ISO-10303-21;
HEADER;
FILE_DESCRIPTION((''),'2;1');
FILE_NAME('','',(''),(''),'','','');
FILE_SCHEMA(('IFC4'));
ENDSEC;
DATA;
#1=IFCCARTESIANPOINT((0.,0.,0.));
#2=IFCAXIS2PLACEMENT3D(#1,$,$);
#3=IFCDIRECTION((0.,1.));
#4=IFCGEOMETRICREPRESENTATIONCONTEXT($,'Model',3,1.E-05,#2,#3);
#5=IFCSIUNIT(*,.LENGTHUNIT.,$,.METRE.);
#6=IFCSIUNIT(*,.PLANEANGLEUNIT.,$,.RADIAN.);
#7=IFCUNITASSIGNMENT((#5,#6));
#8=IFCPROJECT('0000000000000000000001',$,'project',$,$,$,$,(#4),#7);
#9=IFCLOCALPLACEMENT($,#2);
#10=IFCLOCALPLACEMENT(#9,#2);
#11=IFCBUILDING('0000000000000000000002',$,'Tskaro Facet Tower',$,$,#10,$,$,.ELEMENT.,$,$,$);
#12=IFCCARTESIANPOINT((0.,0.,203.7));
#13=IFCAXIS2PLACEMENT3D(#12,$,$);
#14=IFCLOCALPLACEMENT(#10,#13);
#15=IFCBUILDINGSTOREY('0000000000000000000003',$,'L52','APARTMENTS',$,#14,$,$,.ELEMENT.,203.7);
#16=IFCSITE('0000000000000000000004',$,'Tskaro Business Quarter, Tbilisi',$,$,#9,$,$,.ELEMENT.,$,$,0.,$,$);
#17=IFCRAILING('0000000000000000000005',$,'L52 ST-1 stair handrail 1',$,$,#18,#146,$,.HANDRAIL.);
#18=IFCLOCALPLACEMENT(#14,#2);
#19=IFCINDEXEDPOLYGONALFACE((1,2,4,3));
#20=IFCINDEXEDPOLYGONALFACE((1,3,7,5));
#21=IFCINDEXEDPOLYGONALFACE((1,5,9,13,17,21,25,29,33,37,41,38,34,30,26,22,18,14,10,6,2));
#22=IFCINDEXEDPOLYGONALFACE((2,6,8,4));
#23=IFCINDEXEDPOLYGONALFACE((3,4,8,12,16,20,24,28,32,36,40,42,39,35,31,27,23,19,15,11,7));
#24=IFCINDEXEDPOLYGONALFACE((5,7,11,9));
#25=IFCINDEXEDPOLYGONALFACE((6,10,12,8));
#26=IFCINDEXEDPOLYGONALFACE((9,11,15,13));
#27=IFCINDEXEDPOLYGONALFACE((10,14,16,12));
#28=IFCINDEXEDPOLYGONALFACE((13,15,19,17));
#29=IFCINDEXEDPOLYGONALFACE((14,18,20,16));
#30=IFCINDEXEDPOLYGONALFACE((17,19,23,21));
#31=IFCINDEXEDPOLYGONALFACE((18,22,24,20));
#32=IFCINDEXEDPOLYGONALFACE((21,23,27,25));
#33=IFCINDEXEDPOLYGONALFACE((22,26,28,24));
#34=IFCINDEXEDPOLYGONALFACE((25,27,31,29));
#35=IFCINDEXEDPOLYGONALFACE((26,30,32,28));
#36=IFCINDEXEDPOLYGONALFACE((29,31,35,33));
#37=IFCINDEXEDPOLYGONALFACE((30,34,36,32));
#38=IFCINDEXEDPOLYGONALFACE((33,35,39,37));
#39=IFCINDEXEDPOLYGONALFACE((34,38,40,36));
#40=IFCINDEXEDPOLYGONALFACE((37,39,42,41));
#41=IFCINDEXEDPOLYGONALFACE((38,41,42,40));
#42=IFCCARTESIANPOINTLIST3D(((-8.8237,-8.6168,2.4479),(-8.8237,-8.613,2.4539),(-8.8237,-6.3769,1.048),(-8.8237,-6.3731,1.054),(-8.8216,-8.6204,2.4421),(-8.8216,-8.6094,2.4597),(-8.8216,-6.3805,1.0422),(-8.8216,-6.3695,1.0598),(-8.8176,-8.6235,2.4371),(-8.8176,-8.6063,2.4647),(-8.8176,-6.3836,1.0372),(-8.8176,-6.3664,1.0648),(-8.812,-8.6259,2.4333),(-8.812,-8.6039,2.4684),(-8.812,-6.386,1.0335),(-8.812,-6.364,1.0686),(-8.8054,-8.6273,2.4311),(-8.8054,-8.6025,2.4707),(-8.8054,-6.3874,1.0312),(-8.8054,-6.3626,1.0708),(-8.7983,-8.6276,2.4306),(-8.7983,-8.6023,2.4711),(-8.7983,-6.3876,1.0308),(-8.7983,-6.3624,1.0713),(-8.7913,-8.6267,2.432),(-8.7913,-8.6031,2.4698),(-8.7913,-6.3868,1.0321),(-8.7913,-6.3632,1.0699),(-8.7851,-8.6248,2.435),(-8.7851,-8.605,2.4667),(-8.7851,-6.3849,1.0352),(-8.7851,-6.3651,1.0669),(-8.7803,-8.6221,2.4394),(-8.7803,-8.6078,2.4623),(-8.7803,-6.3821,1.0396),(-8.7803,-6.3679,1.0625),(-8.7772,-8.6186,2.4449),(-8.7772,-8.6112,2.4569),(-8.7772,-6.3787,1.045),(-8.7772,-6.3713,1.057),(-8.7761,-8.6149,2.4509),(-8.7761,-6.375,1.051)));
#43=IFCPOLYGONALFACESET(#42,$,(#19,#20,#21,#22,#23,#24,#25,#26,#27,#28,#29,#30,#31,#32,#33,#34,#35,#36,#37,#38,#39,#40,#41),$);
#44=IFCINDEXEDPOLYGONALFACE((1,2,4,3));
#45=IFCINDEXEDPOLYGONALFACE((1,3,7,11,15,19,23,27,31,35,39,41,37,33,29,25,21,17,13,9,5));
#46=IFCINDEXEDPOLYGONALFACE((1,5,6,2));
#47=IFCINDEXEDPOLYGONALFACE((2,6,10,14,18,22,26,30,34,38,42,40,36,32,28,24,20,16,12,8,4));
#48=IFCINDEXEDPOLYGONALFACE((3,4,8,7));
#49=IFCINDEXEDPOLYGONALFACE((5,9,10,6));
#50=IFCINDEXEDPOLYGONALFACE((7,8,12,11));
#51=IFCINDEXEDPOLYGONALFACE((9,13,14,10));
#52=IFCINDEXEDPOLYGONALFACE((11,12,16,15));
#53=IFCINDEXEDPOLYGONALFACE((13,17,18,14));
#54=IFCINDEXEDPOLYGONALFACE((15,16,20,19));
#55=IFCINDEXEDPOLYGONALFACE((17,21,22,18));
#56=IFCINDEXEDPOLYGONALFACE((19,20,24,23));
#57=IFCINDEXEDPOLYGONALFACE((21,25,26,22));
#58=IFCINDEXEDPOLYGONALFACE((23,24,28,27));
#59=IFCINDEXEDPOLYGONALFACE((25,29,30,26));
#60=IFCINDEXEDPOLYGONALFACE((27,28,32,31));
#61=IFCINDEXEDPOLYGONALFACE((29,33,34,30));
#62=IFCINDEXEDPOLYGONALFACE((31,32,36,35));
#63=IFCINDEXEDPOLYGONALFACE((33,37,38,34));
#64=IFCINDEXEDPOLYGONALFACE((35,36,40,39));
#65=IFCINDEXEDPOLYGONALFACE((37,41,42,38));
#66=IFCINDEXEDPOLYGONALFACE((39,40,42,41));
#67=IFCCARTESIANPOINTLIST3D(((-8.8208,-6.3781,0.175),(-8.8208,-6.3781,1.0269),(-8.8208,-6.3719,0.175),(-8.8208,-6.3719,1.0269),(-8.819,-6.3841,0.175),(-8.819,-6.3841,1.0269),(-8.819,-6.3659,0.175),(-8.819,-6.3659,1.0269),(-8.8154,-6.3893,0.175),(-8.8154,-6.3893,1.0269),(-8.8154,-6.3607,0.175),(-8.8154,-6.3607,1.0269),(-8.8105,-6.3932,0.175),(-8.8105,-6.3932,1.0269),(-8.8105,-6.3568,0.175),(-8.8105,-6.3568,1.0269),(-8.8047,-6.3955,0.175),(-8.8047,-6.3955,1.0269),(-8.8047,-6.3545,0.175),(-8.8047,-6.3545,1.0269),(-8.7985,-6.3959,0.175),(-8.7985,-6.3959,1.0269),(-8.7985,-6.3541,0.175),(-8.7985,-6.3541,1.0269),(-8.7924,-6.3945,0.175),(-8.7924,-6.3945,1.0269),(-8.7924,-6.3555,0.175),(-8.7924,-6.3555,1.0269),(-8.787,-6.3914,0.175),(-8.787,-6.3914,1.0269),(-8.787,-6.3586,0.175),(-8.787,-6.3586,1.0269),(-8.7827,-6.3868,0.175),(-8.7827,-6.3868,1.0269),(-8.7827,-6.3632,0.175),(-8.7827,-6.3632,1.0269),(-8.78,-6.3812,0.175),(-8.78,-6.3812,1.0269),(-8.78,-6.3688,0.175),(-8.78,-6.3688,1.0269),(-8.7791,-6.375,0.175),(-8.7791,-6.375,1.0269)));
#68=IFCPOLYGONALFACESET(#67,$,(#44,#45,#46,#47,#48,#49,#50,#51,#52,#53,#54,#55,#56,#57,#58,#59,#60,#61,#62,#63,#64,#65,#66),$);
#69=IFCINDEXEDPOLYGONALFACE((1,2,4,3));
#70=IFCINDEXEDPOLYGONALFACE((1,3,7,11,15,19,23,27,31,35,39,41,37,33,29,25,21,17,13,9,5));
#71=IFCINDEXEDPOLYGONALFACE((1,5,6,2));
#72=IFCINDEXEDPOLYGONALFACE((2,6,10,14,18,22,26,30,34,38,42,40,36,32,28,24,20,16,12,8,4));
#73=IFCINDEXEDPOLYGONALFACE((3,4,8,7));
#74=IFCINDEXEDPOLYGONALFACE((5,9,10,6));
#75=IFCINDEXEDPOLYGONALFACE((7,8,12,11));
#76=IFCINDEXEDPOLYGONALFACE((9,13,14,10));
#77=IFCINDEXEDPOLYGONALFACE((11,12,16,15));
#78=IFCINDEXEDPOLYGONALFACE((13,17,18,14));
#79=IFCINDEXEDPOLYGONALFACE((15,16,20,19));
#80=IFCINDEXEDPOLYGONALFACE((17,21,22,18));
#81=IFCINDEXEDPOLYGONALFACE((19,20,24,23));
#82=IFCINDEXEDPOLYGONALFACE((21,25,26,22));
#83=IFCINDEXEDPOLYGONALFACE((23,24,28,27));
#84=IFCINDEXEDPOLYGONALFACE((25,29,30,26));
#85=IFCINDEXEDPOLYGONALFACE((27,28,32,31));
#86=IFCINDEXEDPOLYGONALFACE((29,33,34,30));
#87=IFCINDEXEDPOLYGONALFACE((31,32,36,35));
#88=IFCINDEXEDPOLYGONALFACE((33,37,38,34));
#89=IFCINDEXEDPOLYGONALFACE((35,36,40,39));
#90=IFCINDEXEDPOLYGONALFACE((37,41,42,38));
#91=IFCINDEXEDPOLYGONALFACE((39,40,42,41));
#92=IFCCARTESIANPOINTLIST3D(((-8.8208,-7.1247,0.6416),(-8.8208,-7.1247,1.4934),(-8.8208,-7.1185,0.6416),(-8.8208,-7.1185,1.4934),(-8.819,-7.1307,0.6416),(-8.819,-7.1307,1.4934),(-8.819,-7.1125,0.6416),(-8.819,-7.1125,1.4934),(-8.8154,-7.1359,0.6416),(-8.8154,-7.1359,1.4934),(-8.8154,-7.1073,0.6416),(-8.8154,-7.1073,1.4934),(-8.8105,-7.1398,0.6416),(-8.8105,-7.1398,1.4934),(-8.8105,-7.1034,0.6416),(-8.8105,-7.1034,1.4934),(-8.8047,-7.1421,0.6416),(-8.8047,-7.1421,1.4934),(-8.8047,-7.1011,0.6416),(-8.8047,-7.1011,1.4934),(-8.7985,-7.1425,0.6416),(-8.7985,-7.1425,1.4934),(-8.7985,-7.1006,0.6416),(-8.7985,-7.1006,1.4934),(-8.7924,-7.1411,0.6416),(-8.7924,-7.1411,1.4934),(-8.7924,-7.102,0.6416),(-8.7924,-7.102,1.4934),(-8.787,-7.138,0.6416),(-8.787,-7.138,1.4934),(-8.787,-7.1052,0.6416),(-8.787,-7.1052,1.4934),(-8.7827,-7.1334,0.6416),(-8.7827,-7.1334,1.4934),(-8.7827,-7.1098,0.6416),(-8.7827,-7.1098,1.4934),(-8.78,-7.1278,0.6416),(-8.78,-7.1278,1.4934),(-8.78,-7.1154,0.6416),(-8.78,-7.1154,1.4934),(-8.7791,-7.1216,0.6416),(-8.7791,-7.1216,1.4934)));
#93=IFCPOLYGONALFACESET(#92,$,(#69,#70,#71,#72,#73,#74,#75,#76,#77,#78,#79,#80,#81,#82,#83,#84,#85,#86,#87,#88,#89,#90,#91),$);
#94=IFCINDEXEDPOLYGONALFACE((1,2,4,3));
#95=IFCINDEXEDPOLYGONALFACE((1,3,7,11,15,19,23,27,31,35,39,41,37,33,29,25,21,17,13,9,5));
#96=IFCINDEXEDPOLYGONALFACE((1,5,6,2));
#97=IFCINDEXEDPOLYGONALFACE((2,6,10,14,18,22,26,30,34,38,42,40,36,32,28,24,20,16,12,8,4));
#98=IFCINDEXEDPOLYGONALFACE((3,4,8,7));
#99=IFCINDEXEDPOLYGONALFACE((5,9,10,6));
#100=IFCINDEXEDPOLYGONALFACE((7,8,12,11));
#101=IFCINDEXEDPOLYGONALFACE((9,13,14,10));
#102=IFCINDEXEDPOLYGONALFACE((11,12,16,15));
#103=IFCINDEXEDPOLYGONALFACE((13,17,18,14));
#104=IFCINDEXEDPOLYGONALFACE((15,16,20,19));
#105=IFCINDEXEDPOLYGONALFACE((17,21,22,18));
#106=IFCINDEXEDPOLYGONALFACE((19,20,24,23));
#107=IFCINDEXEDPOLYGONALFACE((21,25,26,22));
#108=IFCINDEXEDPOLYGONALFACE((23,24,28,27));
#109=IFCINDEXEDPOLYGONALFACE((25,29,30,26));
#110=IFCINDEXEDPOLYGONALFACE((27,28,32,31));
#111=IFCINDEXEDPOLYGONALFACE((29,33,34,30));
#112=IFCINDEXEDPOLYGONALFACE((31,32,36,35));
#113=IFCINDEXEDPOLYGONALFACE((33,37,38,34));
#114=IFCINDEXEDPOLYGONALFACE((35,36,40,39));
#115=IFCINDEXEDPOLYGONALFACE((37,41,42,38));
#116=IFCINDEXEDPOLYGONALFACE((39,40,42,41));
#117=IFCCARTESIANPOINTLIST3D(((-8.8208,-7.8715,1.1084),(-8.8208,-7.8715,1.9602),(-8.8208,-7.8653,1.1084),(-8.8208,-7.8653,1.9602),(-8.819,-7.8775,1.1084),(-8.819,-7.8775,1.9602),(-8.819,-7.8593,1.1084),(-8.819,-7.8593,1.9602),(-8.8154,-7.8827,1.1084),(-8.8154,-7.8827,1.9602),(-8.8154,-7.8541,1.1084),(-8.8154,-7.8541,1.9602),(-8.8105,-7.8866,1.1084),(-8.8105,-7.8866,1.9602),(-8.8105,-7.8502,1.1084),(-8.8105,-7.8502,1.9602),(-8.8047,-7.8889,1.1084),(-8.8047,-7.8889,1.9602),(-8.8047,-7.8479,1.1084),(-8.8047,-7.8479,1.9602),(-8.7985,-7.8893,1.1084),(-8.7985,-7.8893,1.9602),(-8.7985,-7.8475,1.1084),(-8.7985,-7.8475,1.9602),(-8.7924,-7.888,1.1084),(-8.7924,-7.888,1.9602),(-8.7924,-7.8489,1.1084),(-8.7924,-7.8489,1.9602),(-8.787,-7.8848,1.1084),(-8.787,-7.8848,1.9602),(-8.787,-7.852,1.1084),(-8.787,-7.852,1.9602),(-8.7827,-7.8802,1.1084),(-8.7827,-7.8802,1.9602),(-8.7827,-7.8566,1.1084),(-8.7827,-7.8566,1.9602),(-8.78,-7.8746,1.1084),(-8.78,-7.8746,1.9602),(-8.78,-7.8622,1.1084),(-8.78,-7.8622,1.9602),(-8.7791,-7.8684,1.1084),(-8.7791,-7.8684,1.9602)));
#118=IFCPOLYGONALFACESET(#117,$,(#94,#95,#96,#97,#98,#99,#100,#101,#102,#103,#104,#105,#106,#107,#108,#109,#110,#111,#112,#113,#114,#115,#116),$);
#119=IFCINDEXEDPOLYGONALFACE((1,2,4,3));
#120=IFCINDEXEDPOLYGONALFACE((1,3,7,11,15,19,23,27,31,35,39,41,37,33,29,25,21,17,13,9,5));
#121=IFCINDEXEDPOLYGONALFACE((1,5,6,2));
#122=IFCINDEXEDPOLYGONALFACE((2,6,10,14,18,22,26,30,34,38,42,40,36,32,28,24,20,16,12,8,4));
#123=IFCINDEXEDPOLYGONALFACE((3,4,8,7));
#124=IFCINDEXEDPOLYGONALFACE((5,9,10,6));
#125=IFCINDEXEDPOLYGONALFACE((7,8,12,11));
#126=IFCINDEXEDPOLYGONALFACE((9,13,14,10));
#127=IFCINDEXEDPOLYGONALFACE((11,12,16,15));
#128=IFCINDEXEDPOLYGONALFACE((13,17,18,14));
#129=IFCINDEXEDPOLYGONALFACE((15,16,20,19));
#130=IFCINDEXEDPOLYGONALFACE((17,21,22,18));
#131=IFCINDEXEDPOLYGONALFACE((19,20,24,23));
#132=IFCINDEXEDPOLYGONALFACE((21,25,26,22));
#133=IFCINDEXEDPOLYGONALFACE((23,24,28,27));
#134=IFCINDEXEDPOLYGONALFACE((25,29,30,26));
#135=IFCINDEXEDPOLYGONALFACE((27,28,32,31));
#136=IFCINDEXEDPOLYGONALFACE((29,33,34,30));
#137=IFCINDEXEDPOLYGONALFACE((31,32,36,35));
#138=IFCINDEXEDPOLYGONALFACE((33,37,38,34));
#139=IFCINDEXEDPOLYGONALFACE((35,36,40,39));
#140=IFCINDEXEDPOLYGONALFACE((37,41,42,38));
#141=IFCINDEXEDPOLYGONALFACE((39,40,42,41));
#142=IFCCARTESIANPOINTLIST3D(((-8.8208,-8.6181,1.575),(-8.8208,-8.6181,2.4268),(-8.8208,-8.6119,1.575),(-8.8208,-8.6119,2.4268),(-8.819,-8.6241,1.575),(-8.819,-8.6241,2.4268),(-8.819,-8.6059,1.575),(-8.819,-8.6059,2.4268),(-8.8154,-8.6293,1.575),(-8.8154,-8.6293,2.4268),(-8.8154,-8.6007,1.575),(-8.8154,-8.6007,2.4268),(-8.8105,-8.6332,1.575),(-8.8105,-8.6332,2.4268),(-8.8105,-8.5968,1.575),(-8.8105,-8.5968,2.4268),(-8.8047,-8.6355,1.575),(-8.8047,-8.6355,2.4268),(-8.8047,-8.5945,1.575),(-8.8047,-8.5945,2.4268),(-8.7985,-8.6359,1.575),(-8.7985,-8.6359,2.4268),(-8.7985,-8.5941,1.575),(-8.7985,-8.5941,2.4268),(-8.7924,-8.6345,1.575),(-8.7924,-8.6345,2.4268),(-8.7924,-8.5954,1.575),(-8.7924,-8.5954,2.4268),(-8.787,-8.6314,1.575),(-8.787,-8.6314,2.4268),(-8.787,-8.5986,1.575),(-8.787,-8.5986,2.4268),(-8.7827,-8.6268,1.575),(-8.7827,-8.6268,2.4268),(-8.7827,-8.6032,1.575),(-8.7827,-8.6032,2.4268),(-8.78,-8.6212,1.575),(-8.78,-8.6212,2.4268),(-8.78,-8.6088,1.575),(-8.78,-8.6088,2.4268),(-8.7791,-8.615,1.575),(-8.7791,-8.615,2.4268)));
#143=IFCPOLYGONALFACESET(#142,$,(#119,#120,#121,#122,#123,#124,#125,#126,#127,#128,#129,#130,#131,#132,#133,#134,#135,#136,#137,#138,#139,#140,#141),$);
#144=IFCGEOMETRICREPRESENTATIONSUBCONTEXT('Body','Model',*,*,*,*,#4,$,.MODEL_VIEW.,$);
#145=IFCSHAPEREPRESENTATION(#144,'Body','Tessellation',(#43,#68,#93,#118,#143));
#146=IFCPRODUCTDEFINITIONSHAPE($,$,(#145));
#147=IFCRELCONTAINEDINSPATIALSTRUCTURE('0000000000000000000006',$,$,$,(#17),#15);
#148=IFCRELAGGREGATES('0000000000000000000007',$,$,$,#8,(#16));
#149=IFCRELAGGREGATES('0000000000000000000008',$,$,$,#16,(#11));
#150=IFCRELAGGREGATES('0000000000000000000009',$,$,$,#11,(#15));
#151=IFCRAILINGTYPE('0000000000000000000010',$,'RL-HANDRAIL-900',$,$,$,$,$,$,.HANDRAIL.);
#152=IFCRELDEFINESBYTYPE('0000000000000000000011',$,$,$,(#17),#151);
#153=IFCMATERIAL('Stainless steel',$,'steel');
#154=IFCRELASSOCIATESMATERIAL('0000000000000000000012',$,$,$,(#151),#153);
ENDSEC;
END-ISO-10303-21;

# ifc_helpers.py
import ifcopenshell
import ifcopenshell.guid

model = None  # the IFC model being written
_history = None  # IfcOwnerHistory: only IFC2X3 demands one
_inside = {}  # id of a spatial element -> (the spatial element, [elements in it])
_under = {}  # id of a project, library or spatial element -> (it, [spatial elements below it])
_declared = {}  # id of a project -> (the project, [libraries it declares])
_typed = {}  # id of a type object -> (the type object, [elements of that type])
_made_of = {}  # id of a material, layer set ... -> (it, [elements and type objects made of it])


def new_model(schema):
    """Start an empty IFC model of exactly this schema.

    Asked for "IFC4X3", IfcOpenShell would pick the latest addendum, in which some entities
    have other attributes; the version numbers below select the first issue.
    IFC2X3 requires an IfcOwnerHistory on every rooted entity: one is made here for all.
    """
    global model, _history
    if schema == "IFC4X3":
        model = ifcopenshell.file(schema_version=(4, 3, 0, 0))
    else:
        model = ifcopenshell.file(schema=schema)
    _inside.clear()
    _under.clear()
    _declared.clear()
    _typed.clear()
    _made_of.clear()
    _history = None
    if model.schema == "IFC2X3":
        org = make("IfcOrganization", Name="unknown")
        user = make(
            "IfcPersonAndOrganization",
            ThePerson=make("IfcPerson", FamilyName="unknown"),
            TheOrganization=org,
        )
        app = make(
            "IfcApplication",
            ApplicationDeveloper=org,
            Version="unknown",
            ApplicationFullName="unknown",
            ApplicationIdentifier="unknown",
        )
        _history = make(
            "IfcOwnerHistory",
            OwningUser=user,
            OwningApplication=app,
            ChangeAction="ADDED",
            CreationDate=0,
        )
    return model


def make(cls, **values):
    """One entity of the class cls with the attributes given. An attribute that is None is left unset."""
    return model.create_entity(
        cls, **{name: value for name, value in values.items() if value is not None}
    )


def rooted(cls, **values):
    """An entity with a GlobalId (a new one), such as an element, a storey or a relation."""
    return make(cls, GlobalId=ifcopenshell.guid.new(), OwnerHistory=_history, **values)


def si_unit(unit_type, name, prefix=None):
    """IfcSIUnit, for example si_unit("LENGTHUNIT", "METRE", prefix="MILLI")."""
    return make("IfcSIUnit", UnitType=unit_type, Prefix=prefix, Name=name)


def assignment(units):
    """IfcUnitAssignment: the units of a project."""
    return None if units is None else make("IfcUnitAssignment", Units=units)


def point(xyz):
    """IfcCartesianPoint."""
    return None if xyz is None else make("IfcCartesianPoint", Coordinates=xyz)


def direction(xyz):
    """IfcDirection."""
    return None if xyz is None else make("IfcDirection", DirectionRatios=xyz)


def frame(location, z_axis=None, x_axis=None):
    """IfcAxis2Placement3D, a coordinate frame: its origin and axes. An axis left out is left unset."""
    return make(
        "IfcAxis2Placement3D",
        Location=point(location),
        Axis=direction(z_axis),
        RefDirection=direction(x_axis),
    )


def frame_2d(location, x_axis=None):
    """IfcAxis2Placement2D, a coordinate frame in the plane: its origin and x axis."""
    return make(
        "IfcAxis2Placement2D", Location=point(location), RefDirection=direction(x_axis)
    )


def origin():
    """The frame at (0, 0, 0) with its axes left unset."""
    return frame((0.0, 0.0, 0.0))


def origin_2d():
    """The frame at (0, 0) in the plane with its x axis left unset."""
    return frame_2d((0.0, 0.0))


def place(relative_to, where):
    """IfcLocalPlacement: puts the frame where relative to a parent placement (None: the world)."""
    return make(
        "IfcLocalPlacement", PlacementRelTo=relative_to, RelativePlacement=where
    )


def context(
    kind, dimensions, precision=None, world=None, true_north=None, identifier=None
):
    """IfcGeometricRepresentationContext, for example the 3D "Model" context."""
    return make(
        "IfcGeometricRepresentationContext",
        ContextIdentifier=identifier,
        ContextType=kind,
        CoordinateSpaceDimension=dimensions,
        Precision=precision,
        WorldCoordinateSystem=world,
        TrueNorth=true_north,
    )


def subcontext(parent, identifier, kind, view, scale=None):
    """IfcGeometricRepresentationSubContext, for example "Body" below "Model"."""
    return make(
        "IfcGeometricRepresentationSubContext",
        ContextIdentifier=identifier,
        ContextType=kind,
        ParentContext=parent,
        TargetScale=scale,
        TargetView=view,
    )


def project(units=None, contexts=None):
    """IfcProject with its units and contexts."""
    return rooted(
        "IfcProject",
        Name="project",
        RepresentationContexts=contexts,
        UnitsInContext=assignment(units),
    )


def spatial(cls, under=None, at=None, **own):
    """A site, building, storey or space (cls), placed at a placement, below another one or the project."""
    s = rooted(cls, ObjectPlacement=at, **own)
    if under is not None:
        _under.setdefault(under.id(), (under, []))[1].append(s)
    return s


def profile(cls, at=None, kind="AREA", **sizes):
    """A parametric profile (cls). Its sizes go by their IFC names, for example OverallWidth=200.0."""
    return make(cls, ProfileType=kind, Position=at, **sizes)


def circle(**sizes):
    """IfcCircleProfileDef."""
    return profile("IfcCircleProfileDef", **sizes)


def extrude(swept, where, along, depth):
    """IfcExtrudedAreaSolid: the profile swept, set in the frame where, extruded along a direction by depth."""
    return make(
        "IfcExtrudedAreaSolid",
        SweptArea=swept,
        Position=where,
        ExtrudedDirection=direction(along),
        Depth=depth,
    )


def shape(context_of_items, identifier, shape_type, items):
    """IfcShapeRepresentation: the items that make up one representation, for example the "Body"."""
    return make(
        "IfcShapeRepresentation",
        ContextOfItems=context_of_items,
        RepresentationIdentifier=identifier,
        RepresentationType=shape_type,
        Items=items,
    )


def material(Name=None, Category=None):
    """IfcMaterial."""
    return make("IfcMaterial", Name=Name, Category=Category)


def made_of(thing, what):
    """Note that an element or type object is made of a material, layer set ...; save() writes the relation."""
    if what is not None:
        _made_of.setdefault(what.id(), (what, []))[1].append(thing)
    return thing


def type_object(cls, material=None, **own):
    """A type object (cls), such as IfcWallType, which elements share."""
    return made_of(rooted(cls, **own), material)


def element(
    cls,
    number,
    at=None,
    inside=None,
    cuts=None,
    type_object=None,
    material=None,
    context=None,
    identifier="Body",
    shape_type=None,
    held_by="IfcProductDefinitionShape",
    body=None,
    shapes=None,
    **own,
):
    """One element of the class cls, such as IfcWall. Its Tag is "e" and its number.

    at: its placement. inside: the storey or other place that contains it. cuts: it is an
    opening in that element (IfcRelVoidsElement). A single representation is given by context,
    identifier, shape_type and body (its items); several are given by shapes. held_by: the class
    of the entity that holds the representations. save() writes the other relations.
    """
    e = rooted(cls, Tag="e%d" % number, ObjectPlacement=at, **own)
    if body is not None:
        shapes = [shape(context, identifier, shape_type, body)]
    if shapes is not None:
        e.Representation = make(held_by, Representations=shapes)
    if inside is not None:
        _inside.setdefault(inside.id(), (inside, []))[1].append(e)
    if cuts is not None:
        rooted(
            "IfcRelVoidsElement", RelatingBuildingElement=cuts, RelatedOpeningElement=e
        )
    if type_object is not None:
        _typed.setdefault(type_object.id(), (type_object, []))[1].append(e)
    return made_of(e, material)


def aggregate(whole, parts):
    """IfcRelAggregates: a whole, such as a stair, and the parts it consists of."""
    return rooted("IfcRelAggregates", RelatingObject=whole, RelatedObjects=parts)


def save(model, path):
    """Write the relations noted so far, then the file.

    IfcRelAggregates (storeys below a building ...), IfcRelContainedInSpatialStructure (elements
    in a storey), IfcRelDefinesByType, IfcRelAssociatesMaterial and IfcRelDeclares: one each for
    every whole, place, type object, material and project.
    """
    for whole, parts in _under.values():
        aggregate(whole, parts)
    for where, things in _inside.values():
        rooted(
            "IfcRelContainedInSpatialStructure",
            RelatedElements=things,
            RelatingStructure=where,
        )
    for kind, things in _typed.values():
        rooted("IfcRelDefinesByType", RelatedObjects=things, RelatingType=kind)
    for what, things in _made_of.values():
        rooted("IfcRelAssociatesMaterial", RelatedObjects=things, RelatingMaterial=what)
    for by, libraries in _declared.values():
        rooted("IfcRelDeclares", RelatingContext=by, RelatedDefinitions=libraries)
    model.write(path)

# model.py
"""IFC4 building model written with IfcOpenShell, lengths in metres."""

from ifc_helpers import new_model, si_unit, direction, frame, origin, origin_2d, place, context, subcontext, project, spatial, circle, extrude, material, type_object, element, save


model = new_model("IFC4")

# Units and contexts
model_context = context("Model", 3, precision=1e-05, world=origin(), true_north=direction((0.0, 1.0)))
body_context = subcontext(model_context, "Body", "Model", "MODEL_VIEW")
ifc_project = project(units=[si_unit("LENGTHUNIT", "METRE"), si_unit("PLANEANGLEUNIT", "RADIAN")], contexts=[model_context])

# Site, building, storey
site_placement = place(None, origin())
site = spatial("IfcSite", under=ifc_project, at=site_placement, Name="Tskaro Business Quarter, Tbilisi", CompositionType="ELEMENT", RefElevation=0.0)
building_placement = place(site_placement, origin())
building = spatial("IfcBuilding", under=site, at=building_placement, Name="Tskaro Facet Tower", CompositionType="ELEMENT")
storey_placement = place(building_placement, frame((0.0, 0.0, 203.7)))
storey = spatial("IfcBuildingStorey", under=building, at=storey_placement, Name="L52", Description="APARTMENTS", CompositionType="ELEMENT", Elevation=203.7)

# Railing
ifc_material_1 = material(Name="Stainless steel", Category="steel")
railing_type = type_object("IfcRailingType", Name="RL-HANDRAIL-900", PredefinedType="HANDRAIL", material=ifc_material_1)
railing_placement = place(storey_placement, frame((-8.8, -6.375, 0.175)))
element("IfcRailing", 1, at=railing_placement, inside=storey, type_object=railing_type, Name="L52 ST-1 stair handrail 1", PredefinedType="HANDRAIL", context=body_context, shape_type="SweptSolid", body=[
    extrude(circle(Radius=0.0239, at=origin_2d()), frame((0.0, 0.0, 0.876), z_axis=(0.0, -0.848014, 0.529974), x_axis=(1.0, 0.0, 0.0)), (0.0, 0.0, 1.0), 2.6414),
    extrude(circle(Radius=0.021, at=origin_2d()), origin(), (0.0, 0.0, 1.0), 0.8518),
    extrude(circle(Radius=0.021, at=origin_2d()), frame((0.0, -0.7466, 0.4666)), (0.0, 0.0, 1.0), 0.8518),
    extrude(circle(Radius=0.021, at=origin_2d()), frame((0.0, -1.4934, 0.9333)), (0.0, 0.0, 1.0), 0.8518),
    extrude(circle(Radius=0.021, at=origin_2d()), frame((0.0, -2.24, 1.3999)), (0.0, 0.0, 1.0), 0.8518),
])

save(model, "model.ifc")
